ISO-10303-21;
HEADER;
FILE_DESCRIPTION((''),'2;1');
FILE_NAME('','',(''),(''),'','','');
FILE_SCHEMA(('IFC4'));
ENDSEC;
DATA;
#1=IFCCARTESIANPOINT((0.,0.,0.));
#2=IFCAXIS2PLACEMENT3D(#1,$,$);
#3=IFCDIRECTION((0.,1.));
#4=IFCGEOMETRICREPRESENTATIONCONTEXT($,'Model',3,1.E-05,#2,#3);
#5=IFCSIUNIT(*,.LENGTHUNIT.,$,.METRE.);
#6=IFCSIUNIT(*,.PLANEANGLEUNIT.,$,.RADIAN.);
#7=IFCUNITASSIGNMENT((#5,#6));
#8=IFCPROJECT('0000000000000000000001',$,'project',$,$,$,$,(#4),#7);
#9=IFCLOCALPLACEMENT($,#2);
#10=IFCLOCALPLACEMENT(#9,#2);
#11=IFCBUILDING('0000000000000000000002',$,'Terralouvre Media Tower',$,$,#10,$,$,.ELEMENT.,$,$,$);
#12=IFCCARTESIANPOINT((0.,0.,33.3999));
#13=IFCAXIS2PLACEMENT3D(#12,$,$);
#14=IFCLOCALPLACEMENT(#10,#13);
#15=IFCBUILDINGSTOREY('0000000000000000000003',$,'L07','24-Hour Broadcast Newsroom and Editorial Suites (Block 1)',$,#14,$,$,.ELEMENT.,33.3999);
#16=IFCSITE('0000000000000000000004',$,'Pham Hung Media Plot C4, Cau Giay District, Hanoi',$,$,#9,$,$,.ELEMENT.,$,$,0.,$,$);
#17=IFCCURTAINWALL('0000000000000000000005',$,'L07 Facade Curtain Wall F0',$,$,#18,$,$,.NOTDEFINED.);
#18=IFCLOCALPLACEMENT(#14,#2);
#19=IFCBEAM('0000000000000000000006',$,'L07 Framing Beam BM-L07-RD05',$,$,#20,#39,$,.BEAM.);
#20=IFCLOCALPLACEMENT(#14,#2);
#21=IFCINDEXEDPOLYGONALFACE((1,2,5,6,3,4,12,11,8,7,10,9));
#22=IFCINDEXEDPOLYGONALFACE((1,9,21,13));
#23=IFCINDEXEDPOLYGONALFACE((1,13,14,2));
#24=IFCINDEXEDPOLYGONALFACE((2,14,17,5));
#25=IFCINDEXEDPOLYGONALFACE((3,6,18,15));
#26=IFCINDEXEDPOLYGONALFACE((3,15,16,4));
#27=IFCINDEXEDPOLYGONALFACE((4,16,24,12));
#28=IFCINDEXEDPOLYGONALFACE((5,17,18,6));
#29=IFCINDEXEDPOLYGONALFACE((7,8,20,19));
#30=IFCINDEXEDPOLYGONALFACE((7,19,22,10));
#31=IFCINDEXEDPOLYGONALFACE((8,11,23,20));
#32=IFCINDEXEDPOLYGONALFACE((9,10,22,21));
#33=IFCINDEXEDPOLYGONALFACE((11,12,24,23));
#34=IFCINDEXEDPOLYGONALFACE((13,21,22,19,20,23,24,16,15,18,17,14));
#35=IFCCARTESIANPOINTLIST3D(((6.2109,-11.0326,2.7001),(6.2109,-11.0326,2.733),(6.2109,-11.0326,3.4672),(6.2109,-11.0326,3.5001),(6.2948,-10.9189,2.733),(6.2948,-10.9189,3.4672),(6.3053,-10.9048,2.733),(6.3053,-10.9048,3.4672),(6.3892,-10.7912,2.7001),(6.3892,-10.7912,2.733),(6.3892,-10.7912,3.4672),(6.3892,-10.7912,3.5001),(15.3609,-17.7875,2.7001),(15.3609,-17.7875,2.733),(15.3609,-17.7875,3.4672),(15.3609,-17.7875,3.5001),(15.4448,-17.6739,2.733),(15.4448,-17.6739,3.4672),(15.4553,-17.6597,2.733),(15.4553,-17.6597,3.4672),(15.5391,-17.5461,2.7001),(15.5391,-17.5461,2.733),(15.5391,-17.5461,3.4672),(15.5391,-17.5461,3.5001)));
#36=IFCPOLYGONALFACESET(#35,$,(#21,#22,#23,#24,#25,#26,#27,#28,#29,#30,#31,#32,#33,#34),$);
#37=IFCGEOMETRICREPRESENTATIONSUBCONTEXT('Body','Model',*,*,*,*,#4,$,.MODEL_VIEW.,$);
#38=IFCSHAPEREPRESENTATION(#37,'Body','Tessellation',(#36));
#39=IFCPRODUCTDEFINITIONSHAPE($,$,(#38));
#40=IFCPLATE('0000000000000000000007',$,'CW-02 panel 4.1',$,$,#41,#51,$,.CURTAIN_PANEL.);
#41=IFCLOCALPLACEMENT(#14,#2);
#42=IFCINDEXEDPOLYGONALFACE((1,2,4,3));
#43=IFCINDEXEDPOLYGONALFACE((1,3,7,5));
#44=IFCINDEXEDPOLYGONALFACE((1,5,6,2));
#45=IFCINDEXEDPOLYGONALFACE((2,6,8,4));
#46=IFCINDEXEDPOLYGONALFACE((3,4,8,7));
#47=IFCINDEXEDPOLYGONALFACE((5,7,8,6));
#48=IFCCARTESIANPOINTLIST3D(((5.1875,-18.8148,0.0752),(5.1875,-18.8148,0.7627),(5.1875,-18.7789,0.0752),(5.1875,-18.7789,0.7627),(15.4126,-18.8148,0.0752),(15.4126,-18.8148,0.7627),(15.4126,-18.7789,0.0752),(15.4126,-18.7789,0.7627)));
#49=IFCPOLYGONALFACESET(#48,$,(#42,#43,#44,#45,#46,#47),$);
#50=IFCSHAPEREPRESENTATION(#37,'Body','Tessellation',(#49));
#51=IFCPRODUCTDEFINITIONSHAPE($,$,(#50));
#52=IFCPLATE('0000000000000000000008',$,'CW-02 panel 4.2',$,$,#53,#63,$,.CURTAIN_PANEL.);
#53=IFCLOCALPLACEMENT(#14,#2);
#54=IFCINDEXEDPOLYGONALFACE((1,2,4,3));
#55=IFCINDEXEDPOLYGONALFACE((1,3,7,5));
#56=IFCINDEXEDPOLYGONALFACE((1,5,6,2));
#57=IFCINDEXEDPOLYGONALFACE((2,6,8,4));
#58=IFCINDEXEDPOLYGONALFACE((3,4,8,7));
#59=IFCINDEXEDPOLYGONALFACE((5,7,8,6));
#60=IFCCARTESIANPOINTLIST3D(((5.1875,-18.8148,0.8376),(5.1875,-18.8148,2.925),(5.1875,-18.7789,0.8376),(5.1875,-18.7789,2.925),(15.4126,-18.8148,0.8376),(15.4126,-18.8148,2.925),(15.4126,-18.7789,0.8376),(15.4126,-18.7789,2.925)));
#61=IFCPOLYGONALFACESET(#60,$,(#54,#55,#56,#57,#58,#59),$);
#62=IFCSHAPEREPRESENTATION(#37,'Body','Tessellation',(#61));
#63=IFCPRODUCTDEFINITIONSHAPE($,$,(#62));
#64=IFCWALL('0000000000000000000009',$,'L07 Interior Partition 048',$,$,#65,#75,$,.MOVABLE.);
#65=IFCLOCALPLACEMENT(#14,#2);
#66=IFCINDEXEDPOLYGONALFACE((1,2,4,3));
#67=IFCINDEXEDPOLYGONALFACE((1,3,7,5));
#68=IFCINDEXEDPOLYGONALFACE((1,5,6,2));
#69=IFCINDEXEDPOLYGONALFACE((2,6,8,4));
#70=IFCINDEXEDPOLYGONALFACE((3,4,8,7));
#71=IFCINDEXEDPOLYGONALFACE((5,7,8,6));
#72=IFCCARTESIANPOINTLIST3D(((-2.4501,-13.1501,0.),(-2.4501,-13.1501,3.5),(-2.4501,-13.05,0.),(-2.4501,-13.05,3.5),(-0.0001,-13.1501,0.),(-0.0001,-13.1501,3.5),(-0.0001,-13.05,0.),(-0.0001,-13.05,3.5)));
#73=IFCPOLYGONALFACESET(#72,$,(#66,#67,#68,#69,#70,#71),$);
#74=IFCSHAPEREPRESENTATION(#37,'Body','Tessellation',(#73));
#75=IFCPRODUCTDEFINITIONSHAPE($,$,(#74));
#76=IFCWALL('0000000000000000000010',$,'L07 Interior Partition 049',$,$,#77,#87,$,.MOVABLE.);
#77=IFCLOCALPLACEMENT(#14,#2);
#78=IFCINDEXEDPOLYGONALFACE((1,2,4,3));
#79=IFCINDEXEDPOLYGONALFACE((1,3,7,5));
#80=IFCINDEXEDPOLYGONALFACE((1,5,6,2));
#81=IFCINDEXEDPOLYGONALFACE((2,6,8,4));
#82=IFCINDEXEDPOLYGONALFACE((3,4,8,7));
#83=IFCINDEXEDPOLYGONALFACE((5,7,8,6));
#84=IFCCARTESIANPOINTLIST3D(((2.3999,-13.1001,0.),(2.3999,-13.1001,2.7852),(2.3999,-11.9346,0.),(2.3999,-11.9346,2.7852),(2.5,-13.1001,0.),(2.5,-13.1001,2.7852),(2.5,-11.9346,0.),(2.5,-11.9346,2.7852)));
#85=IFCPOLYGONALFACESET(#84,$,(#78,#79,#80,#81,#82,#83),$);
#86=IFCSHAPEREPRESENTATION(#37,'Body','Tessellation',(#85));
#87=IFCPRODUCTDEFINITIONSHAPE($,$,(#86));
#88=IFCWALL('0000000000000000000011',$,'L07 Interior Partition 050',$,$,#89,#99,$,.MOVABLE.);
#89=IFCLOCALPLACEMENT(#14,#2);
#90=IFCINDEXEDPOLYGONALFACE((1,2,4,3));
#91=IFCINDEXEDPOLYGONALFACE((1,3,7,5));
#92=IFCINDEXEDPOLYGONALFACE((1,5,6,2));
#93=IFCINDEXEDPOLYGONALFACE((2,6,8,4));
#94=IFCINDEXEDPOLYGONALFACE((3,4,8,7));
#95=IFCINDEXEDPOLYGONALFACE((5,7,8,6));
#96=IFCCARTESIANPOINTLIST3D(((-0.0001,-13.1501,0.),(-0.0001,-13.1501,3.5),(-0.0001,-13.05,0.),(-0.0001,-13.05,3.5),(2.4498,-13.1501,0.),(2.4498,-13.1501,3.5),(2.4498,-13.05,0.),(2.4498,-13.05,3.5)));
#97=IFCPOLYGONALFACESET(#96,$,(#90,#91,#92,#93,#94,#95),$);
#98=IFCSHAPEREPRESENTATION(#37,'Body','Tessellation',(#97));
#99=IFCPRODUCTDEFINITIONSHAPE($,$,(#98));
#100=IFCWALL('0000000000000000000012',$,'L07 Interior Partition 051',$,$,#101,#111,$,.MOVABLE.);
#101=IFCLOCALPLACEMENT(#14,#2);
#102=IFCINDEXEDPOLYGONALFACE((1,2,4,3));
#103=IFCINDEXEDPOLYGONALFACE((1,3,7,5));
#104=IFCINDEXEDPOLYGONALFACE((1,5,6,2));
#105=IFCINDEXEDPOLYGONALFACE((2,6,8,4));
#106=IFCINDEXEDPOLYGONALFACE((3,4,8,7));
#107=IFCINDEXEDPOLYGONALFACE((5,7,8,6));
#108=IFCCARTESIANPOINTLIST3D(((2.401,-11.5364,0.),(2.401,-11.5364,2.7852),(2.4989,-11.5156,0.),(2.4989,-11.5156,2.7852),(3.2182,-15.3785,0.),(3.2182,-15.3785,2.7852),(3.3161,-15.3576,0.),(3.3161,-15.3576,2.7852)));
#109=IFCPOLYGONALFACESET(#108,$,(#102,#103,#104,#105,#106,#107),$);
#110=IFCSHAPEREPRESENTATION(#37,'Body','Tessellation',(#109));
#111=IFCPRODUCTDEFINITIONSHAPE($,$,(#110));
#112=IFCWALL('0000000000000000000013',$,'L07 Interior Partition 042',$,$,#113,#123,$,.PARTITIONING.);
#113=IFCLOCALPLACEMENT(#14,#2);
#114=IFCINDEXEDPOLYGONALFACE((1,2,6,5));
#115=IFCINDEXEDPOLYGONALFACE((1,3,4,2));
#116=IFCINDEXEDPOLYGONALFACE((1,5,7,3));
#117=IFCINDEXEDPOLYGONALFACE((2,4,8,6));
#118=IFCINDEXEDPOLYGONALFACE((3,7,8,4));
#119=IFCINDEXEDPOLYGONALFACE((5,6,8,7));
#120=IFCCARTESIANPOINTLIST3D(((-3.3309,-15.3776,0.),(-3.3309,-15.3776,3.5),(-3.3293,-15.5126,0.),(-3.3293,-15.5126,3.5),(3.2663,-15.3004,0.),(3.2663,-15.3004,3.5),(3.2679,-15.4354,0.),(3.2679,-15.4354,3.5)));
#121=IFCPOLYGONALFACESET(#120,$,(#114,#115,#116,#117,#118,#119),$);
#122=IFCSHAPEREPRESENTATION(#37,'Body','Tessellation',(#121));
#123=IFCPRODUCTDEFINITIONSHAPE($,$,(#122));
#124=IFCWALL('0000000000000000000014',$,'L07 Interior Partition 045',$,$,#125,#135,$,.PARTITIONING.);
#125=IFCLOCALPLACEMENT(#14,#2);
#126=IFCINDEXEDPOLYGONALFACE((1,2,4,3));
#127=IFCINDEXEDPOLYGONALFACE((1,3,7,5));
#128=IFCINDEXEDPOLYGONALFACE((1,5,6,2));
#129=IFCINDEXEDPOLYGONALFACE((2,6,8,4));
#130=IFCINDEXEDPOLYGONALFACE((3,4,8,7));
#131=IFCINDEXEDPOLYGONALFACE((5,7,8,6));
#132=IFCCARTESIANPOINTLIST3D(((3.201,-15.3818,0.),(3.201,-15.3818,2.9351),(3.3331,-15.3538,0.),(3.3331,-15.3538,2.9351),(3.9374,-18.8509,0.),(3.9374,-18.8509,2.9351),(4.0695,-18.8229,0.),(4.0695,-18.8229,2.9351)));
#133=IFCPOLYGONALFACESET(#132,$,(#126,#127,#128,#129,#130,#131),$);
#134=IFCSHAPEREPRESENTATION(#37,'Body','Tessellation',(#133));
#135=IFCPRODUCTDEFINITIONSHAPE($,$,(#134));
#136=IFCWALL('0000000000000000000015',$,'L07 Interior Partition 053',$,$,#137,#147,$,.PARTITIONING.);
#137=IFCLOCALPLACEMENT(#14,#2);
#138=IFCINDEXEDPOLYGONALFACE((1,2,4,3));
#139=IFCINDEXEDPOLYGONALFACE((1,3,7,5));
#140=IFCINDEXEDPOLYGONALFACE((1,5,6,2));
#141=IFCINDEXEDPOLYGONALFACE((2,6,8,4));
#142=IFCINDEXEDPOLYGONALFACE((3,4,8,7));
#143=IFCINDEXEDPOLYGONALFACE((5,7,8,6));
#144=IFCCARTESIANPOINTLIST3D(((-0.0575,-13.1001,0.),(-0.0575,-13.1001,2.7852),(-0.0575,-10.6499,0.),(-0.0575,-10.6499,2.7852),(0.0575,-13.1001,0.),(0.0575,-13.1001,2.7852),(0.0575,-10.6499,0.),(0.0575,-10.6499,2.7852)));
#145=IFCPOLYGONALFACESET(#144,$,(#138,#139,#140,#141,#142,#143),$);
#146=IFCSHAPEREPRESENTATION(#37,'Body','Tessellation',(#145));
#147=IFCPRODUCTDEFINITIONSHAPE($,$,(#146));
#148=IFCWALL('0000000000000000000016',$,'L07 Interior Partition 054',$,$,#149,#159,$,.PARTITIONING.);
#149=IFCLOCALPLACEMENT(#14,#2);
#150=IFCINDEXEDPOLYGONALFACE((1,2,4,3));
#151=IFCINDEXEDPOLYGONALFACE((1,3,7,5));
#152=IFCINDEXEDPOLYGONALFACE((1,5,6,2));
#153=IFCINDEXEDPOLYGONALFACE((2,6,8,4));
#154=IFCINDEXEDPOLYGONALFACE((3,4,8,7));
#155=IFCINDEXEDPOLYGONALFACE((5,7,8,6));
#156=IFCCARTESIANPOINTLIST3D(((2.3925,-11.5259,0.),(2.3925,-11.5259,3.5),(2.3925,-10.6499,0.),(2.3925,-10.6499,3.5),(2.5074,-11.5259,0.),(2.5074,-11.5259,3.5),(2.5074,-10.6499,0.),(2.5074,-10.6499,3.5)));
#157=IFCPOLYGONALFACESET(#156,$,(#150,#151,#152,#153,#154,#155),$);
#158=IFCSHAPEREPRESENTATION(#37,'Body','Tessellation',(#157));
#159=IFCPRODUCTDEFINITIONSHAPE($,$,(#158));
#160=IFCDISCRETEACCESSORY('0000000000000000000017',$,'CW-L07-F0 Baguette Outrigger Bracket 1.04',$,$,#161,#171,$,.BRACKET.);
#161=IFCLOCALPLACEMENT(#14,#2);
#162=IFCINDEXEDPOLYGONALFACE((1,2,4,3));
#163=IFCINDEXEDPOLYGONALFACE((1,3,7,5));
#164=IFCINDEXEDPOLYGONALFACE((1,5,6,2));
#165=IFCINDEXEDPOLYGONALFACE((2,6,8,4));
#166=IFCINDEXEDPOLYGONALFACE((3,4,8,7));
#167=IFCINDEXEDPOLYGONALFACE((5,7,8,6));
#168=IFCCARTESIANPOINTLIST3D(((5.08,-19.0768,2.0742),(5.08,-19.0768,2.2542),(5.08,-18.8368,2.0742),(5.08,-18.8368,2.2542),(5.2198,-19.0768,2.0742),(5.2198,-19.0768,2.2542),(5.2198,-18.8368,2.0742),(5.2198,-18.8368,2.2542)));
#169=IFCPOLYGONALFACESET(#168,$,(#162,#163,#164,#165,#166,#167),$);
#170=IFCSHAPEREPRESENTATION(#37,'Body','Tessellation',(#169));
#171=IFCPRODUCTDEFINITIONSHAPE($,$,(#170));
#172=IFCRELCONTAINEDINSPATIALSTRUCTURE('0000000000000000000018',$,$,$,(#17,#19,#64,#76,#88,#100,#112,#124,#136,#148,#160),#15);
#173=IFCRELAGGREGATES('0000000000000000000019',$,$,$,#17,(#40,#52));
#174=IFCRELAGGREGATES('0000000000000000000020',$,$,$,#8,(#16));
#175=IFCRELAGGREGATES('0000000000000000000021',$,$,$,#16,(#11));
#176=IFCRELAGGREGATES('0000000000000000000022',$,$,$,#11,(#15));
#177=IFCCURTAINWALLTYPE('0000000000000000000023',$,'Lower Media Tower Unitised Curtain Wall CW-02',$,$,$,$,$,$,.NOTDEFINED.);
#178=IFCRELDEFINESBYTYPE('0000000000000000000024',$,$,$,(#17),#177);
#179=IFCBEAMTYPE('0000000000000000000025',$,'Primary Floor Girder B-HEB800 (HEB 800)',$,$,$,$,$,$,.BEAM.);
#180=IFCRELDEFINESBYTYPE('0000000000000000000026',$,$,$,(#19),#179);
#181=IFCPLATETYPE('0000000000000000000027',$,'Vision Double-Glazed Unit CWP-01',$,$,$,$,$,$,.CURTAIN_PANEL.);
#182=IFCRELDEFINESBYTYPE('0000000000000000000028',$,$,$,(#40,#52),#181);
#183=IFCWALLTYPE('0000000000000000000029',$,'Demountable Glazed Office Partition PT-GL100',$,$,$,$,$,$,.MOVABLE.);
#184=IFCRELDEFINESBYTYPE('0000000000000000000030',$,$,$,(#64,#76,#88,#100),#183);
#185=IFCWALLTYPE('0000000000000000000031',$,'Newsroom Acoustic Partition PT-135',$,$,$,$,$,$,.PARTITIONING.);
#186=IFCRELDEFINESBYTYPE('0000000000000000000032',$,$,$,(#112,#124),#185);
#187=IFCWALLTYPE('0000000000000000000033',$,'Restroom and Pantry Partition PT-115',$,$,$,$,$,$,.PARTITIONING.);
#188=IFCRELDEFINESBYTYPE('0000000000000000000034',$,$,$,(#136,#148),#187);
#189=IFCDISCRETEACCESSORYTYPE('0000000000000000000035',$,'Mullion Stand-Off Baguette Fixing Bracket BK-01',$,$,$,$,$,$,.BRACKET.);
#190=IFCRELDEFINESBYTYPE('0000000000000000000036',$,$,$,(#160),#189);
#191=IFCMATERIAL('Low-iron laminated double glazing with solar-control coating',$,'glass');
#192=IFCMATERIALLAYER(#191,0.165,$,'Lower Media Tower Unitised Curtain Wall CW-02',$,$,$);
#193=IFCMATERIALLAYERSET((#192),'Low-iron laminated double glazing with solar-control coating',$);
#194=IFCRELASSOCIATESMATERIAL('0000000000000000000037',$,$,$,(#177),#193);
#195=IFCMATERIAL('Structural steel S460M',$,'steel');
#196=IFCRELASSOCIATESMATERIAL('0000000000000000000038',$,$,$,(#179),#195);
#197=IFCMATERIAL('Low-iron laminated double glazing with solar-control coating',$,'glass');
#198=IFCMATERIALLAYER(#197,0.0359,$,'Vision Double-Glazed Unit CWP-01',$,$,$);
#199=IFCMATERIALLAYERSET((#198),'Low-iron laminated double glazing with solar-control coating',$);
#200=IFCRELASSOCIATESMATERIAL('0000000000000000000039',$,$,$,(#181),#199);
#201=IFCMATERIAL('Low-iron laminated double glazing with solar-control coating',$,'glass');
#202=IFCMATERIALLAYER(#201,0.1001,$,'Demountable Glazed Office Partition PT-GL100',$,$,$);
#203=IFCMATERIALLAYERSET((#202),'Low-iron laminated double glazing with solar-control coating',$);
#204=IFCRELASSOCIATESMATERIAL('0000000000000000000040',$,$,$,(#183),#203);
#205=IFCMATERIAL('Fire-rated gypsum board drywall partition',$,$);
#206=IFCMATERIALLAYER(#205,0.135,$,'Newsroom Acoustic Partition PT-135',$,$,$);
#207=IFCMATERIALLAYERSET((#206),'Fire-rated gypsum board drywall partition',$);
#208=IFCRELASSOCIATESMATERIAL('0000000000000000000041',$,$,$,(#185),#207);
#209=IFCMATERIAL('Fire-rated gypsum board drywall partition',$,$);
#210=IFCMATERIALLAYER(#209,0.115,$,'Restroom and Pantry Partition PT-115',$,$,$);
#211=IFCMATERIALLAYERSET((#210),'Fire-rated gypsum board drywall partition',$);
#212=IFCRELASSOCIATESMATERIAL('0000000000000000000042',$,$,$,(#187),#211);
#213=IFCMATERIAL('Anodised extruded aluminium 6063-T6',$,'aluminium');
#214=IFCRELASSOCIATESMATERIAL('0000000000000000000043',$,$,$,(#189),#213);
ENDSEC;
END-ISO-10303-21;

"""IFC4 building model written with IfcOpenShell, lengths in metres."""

from ifc_helpers import new_model, si_unit, direction, frame, frame_2d, origin, origin_2d, place, context, subcontext, project, spatial, rectangle, i_section, extrude, material, layer, layer_set, material_profile, profile_set, type_object, element, aggregate, save


model = new_model("IFC4")

# Units and contexts
model_context = context("Model", 3, precision=1e-05, world=origin(), true_north=direction((0.0, 1.0)))
body_context = subcontext(model_context, "Body", "Model", "MODEL_VIEW")
ifc_project = project(units=[si_unit("LENGTHUNIT", "METRE"), si_unit("PLANEANGLEUNIT", "RADIAN")], contexts=[model_context])

# Site, building, storey
site_placement = place(None, origin())
site = spatial("IfcSite", under=ifc_project, at=site_placement, Name="Pham Hung Media Plot C4, Cau Giay District, Hanoi", CompositionType="ELEMENT", RefElevation=0.0)
building_placement = place(site_placement, origin())
building = spatial("IfcBuilding", under=site, at=building_placement, Name="Terralouvre Media Tower", CompositionType="ELEMENT")
storey_placement = place(building_placement, frame((0.0, 0.0, 33.3999)))
storey = spatial("IfcBuildingStorey", under=building, at=storey_placement, Name="L07", Description="24-Hour Broadcast Newsroom and Editorial Suites (Block 1)", CompositionType="ELEMENT", Elevation=33.3999)

# Curtain wall
ifc_material_1 = material(Name="Low-iron laminated double glazing with solar-control coating", Category="glass")
ifc_layer_1 = layer(ifc_material_1, 0.165, Name="Lower Media Tower Unitised Curtain Wall CW-02")
ifc_layer_set_1 = layer_set([ifc_layer_1], Name="Low-iron laminated double glazing with solar-control coating")
curtain_wall_type = type_object("IfcCurtainWallType", Name="Lower Media Tower Unitised Curtain Wall CW-02", PredefinedType="NOTDEFINED", material=ifc_layer_set_1)
curtain_wall_placement = place(storey_placement, origin())
curtain_wall = element("IfcCurtainWall", 1, at=curtain_wall_placement, inside=storey, type_object=curtain_wall_type, Name="L07 Facade Curtain Wall F0", PredefinedType="NOTDEFINED")

# Beam
ifc_material_2 = material(Name="Structural steel S460M", Category="steel")
ifc_material_profile_1 = material_profile(ifc_material_2, i_section(OverallWidth=0.3, OverallDepth=0.8, WebThickness=0.0176, FlangeThickness=0.033, at=origin_2d()), Name="HEB 800")
ifc_profile_set_1 = profile_set([ifc_material_profile_1], Name="Structural steel S460M")
beam_type_1 = type_object("IfcBeamType", Name="Primary Floor Girder B-HEB800 (HEB 800)", PredefinedType="BEAM", material=ifc_profile_set_1)
beam_1_placement = place(storey_placement, frame((6.3, -10.9119, 3.1001), z_axis=(0.804516, -0.593931, 0.0), x_axis=(0.593931, 0.804516, 0.0)))
element("IfcBeam", 2, at=beam_1_placement, inside=storey, type_object=beam_type_1, Name="L07 Framing Beam BM-L07-RD05", PredefinedType="BEAM", context=body_context, shape_type="SweptSolid", body=[
    extrude(i_section(OverallWidth=0.3, OverallDepth=0.8, WebThickness=0.0176, FlangeThickness=0.033, at=origin_2d()), origin(), (0.0, 0.0, 1.0), 11.3733),
])

# Plates
ifc_material_3 = material(Name="Low-iron laminated double glazing with solar-control coating", Category="glass")
ifc_layer_2 = layer(ifc_material_3, 0.0359, Name="Vision Double-Glazed Unit CWP-01")
ifc_layer_set_2 = layer_set([ifc_layer_2], Name="Low-iron laminated double glazing with solar-control coating")
plate_type = type_object("IfcPlateType", Name="Vision Double-Glazed Unit CWP-01", PredefinedType="CURTAIN_PANEL", material=ifc_layer_set_2)
plate_1_placement = place(storey_placement, frame((10.3, -18.7969, 0.0752), z_axis=(0.0, 0.0, 1.0), x_axis=(1.0, 0.0, 0.0)))
plate_1 = element("IfcPlate", 3, at=plate_1_placement, type_object=plate_type, Name="CW-02 panel 4.1", PredefinedType="CURTAIN_PANEL", context=body_context, shape_type="SweptSolid", body=[
    extrude(rectangle(XDim=10.2251, YDim=0.0359, at=origin_2d()), origin(), (0.0, 0.0, 1.0), 0.6875),
])
plate_2_placement = place(storey_placement, frame((10.3, -18.7969, 0.8376), z_axis=(0.0, 0.0, 1.0), x_axis=(1.0, 0.0, 0.0)))
plate_2 = element("IfcPlate", 4, at=plate_2_placement, type_object=plate_type, Name="CW-02 panel 4.2", PredefinedType="CURTAIN_PANEL", context=body_context, shape_type="SweptSolid", body=[
    extrude(rectangle(XDim=10.2251, YDim=0.0359, at=origin_2d()), origin(), (0.0, 0.0, 1.0), 2.0874),
])
aggregate(curtain_wall, [plate_1, plate_2])

# Walls
ifc_material_4 = material(Name="Low-iron laminated double glazing with solar-control coating", Category="glass")
ifc_layer_3 = layer(ifc_material_4, 0.1001, Name="Demountable Glazed Office Partition PT-GL100")
ifc_layer_set_3 = layer_set([ifc_layer_3], Name="Low-iron laminated double glazing with solar-control coating")
wall_type_1 = type_object("IfcWallType", Name="Demountable Glazed Office Partition PT-GL100", PredefinedType="MOVABLE", material=ifc_layer_set_3)
wall_1_placement = place(storey_placement, frame((0.0, -13.1001, 0.0), z_axis=(0.0, 0.0, 1.0), x_axis=(-1.0, 0.0, 0.0)))
element("IfcWall", 5, at=wall_1_placement, inside=storey, type_object=wall_type_1, Name="L07 Interior Partition 048", PredefinedType="MOVABLE", context=body_context, shape_type="SweptSolid", body=[
    extrude(rectangle(XDim=2.45, YDim=0.1001, at=frame_2d((1.2251, 0.0))), origin(), (0.0, 0.0, 1.0), 3.5),
])
wall_2_placement = place(storey_placement, frame((2.45, -11.9346, 0.0), z_axis=(0.0, 0.0, 1.0), x_axis=(0.0, -1.0, 0.0)))
element("IfcWall", 6, at=wall_2_placement, inside=storey, type_object=wall_type_1, Name="L07 Interior Partition 049", PredefinedType="MOVABLE", context=body_context, shape_type="SweptSolid", body=[
    extrude(rectangle(XDim=1.1655, YDim=0.1001, at=frame_2d((0.5828, 0.0))), origin(), (0.0, 0.0, 1.0), 2.7852),
])
wall_3_placement = place(storey_placement, frame((2.45, -13.1001, 0.0), z_axis=(0.0, 0.0, 1.0), x_axis=(-1.0, 0.0, 0.0)))
element("IfcWall", 7, at=wall_3_placement, inside=storey, type_object=wall_type_1, Name="L07 Interior Partition 050", PredefinedType="MOVABLE", context=body_context, shape_type="SweptSolid", body=[
    extrude(rectangle(XDim=2.45, YDim=0.1001, at=frame_2d((1.2251, 0.0))), origin(), (0.0, 0.0, 1.0), 3.5),
])
wall_4_placement = place(storey_placement, frame((3.2671, -15.3679, 0.0), z_axis=(0.0, 0.0, 1.0), x_axis=(-0.20803, 0.978122, 0.0)))
element("IfcWall", 8, at=wall_4_placement, inside=storey, type_object=wall_type_1, Name="L07 Interior Partition 051", PredefinedType="MOVABLE", context=body_context, shape_type="SweptSolid", body=[
    extrude(rectangle(XDim=3.928, YDim=0.1001, at=frame_2d((1.9639, 0.0))), origin(), (0.0, 0.0, 1.0), 2.7852),
])
ifc_material_5 = material(Name="Fire-rated gypsum board drywall partition")
ifc_layer_4 = layer(ifc_material_5, 0.135, Name="Newsroom Acoustic Partition PT-135")
ifc_layer_set_4 = layer_set([ifc_layer_4], Name="Fire-rated gypsum board drywall partition")
wall_type_2 = type_object("IfcWallType", Name="Newsroom Acoustic Partition PT-135", PredefinedType="PARTITIONING", material=ifc_layer_set_4)
wall_5_placement = place(storey_placement, frame((3.2671, -15.3679, 0.0), z_axis=(0.0, 0.0, 1.0), x_axis=(-0.999932, -0.011693, 0.0)))
element("IfcWall", 9, at=wall_5_placement, inside=storey, type_object=wall_type_2, Name="L07 Interior Partition 042", PredefinedType="PARTITIONING", context=body_context, shape_type="SweptSolid", body=[
    extrude(rectangle(XDim=6.5977, YDim=0.135, at=frame_2d((3.2988, 0.0))), origin(), (0.0, 0.0, 1.0), 3.5),
])
wall_6_placement = place(storey_placement, frame((4.0034, -18.8369, 0.0), z_axis=(0.0, 0.0, 1.0), x_axis=(-0.207634, 0.978207, 0.0)))
element("IfcWall", 10, at=wall_6_placement, inside=storey, type_object=wall_type_2, Name="L07 Interior Partition 045", PredefinedType="PARTITIONING", context=body_context, shape_type="SweptSolid", body=[
    extrude(rectangle(XDim=3.5464, YDim=0.135, at=frame_2d((1.7732, 0.0))), origin(), (0.0, 0.0, 1.0), 2.9351),
])
ifc_material_6 = material(Name="Fire-rated gypsum board drywall partition")
ifc_layer_5 = layer(ifc_material_6, 0.115, Name="Restroom and Pantry Partition PT-115")
ifc_layer_set_5 = layer_set([ifc_layer_5], Name="Fire-rated gypsum board drywall partition")
wall_type_3 = type_object("IfcWallType", Name="Restroom and Pantry Partition PT-115", PredefinedType="PARTITIONING", material=ifc_layer_set_5)
wall_7_placement = place(storey_placement, frame((0.0, -13.1001, 0.0), z_axis=(0.0, 0.0, 1.0), x_axis=(0.0, 1.0, 0.0)))
element("IfcWall", 11, at=wall_7_placement, inside=storey, type_object=wall_type_3, Name="L07 Interior Partition 053", PredefinedType="PARTITIONING", context=body_context, shape_type="SweptSolid", body=[
    extrude(rectangle(XDim=2.4502, YDim=0.115, at=frame_2d((1.2251, 0.0))), origin(), (0.0, 0.0, 1.0), 2.7852),
])
wall_8_placement = place(storey_placement, frame((2.45, -11.5259, 0.0), z_axis=(0.0, 0.0, 1.0), x_axis=(0.0, 1.0, 0.0)))
element("IfcWall", 12, at=wall_8_placement, inside=storey, type_object=wall_type_3, Name="L07 Interior Partition 054", PredefinedType="PARTITIONING", context=body_context, shape_type="SweptSolid", body=[
    extrude(rectangle(XDim=0.876, YDim=0.115, at=frame_2d((0.438, 0.0))), origin(), (0.0, 0.0, 1.0), 3.5),
])

# Discrete accessory
ifc_material_7 = material(Name="Anodised extruded aluminium 6063-T6", Category="aluminium")
discrete_accessory_type = type_object("IfcDiscreteAccessoryType", Name="Mullion Stand-Off Baguette Fixing Bracket BK-01", PredefinedType="BRACKET", material=ifc_material_7)
discrete_accessory_placement = place(storey_placement, frame((5.1499, -18.9568, 2.0742), z_axis=(0.0, 0.0, 1.0), x_axis=(1.0, 0.0, 0.0)))
element("IfcDiscreteAccessory", 13, at=discrete_accessory_placement, inside=storey, type_object=discrete_accessory_type, Name="CW-L07-F0 Baguette Outrigger Bracket 1.04", PredefinedType="BRACKET", context=body_context, shape_type="SweptSolid", body=[
    extrude(rectangle(XDim=0.1399, YDim=0.24, at=origin_2d()), origin(), (0.0, 0.0, 1.0), 0.1799),
])

save(model, "model.ifc")
